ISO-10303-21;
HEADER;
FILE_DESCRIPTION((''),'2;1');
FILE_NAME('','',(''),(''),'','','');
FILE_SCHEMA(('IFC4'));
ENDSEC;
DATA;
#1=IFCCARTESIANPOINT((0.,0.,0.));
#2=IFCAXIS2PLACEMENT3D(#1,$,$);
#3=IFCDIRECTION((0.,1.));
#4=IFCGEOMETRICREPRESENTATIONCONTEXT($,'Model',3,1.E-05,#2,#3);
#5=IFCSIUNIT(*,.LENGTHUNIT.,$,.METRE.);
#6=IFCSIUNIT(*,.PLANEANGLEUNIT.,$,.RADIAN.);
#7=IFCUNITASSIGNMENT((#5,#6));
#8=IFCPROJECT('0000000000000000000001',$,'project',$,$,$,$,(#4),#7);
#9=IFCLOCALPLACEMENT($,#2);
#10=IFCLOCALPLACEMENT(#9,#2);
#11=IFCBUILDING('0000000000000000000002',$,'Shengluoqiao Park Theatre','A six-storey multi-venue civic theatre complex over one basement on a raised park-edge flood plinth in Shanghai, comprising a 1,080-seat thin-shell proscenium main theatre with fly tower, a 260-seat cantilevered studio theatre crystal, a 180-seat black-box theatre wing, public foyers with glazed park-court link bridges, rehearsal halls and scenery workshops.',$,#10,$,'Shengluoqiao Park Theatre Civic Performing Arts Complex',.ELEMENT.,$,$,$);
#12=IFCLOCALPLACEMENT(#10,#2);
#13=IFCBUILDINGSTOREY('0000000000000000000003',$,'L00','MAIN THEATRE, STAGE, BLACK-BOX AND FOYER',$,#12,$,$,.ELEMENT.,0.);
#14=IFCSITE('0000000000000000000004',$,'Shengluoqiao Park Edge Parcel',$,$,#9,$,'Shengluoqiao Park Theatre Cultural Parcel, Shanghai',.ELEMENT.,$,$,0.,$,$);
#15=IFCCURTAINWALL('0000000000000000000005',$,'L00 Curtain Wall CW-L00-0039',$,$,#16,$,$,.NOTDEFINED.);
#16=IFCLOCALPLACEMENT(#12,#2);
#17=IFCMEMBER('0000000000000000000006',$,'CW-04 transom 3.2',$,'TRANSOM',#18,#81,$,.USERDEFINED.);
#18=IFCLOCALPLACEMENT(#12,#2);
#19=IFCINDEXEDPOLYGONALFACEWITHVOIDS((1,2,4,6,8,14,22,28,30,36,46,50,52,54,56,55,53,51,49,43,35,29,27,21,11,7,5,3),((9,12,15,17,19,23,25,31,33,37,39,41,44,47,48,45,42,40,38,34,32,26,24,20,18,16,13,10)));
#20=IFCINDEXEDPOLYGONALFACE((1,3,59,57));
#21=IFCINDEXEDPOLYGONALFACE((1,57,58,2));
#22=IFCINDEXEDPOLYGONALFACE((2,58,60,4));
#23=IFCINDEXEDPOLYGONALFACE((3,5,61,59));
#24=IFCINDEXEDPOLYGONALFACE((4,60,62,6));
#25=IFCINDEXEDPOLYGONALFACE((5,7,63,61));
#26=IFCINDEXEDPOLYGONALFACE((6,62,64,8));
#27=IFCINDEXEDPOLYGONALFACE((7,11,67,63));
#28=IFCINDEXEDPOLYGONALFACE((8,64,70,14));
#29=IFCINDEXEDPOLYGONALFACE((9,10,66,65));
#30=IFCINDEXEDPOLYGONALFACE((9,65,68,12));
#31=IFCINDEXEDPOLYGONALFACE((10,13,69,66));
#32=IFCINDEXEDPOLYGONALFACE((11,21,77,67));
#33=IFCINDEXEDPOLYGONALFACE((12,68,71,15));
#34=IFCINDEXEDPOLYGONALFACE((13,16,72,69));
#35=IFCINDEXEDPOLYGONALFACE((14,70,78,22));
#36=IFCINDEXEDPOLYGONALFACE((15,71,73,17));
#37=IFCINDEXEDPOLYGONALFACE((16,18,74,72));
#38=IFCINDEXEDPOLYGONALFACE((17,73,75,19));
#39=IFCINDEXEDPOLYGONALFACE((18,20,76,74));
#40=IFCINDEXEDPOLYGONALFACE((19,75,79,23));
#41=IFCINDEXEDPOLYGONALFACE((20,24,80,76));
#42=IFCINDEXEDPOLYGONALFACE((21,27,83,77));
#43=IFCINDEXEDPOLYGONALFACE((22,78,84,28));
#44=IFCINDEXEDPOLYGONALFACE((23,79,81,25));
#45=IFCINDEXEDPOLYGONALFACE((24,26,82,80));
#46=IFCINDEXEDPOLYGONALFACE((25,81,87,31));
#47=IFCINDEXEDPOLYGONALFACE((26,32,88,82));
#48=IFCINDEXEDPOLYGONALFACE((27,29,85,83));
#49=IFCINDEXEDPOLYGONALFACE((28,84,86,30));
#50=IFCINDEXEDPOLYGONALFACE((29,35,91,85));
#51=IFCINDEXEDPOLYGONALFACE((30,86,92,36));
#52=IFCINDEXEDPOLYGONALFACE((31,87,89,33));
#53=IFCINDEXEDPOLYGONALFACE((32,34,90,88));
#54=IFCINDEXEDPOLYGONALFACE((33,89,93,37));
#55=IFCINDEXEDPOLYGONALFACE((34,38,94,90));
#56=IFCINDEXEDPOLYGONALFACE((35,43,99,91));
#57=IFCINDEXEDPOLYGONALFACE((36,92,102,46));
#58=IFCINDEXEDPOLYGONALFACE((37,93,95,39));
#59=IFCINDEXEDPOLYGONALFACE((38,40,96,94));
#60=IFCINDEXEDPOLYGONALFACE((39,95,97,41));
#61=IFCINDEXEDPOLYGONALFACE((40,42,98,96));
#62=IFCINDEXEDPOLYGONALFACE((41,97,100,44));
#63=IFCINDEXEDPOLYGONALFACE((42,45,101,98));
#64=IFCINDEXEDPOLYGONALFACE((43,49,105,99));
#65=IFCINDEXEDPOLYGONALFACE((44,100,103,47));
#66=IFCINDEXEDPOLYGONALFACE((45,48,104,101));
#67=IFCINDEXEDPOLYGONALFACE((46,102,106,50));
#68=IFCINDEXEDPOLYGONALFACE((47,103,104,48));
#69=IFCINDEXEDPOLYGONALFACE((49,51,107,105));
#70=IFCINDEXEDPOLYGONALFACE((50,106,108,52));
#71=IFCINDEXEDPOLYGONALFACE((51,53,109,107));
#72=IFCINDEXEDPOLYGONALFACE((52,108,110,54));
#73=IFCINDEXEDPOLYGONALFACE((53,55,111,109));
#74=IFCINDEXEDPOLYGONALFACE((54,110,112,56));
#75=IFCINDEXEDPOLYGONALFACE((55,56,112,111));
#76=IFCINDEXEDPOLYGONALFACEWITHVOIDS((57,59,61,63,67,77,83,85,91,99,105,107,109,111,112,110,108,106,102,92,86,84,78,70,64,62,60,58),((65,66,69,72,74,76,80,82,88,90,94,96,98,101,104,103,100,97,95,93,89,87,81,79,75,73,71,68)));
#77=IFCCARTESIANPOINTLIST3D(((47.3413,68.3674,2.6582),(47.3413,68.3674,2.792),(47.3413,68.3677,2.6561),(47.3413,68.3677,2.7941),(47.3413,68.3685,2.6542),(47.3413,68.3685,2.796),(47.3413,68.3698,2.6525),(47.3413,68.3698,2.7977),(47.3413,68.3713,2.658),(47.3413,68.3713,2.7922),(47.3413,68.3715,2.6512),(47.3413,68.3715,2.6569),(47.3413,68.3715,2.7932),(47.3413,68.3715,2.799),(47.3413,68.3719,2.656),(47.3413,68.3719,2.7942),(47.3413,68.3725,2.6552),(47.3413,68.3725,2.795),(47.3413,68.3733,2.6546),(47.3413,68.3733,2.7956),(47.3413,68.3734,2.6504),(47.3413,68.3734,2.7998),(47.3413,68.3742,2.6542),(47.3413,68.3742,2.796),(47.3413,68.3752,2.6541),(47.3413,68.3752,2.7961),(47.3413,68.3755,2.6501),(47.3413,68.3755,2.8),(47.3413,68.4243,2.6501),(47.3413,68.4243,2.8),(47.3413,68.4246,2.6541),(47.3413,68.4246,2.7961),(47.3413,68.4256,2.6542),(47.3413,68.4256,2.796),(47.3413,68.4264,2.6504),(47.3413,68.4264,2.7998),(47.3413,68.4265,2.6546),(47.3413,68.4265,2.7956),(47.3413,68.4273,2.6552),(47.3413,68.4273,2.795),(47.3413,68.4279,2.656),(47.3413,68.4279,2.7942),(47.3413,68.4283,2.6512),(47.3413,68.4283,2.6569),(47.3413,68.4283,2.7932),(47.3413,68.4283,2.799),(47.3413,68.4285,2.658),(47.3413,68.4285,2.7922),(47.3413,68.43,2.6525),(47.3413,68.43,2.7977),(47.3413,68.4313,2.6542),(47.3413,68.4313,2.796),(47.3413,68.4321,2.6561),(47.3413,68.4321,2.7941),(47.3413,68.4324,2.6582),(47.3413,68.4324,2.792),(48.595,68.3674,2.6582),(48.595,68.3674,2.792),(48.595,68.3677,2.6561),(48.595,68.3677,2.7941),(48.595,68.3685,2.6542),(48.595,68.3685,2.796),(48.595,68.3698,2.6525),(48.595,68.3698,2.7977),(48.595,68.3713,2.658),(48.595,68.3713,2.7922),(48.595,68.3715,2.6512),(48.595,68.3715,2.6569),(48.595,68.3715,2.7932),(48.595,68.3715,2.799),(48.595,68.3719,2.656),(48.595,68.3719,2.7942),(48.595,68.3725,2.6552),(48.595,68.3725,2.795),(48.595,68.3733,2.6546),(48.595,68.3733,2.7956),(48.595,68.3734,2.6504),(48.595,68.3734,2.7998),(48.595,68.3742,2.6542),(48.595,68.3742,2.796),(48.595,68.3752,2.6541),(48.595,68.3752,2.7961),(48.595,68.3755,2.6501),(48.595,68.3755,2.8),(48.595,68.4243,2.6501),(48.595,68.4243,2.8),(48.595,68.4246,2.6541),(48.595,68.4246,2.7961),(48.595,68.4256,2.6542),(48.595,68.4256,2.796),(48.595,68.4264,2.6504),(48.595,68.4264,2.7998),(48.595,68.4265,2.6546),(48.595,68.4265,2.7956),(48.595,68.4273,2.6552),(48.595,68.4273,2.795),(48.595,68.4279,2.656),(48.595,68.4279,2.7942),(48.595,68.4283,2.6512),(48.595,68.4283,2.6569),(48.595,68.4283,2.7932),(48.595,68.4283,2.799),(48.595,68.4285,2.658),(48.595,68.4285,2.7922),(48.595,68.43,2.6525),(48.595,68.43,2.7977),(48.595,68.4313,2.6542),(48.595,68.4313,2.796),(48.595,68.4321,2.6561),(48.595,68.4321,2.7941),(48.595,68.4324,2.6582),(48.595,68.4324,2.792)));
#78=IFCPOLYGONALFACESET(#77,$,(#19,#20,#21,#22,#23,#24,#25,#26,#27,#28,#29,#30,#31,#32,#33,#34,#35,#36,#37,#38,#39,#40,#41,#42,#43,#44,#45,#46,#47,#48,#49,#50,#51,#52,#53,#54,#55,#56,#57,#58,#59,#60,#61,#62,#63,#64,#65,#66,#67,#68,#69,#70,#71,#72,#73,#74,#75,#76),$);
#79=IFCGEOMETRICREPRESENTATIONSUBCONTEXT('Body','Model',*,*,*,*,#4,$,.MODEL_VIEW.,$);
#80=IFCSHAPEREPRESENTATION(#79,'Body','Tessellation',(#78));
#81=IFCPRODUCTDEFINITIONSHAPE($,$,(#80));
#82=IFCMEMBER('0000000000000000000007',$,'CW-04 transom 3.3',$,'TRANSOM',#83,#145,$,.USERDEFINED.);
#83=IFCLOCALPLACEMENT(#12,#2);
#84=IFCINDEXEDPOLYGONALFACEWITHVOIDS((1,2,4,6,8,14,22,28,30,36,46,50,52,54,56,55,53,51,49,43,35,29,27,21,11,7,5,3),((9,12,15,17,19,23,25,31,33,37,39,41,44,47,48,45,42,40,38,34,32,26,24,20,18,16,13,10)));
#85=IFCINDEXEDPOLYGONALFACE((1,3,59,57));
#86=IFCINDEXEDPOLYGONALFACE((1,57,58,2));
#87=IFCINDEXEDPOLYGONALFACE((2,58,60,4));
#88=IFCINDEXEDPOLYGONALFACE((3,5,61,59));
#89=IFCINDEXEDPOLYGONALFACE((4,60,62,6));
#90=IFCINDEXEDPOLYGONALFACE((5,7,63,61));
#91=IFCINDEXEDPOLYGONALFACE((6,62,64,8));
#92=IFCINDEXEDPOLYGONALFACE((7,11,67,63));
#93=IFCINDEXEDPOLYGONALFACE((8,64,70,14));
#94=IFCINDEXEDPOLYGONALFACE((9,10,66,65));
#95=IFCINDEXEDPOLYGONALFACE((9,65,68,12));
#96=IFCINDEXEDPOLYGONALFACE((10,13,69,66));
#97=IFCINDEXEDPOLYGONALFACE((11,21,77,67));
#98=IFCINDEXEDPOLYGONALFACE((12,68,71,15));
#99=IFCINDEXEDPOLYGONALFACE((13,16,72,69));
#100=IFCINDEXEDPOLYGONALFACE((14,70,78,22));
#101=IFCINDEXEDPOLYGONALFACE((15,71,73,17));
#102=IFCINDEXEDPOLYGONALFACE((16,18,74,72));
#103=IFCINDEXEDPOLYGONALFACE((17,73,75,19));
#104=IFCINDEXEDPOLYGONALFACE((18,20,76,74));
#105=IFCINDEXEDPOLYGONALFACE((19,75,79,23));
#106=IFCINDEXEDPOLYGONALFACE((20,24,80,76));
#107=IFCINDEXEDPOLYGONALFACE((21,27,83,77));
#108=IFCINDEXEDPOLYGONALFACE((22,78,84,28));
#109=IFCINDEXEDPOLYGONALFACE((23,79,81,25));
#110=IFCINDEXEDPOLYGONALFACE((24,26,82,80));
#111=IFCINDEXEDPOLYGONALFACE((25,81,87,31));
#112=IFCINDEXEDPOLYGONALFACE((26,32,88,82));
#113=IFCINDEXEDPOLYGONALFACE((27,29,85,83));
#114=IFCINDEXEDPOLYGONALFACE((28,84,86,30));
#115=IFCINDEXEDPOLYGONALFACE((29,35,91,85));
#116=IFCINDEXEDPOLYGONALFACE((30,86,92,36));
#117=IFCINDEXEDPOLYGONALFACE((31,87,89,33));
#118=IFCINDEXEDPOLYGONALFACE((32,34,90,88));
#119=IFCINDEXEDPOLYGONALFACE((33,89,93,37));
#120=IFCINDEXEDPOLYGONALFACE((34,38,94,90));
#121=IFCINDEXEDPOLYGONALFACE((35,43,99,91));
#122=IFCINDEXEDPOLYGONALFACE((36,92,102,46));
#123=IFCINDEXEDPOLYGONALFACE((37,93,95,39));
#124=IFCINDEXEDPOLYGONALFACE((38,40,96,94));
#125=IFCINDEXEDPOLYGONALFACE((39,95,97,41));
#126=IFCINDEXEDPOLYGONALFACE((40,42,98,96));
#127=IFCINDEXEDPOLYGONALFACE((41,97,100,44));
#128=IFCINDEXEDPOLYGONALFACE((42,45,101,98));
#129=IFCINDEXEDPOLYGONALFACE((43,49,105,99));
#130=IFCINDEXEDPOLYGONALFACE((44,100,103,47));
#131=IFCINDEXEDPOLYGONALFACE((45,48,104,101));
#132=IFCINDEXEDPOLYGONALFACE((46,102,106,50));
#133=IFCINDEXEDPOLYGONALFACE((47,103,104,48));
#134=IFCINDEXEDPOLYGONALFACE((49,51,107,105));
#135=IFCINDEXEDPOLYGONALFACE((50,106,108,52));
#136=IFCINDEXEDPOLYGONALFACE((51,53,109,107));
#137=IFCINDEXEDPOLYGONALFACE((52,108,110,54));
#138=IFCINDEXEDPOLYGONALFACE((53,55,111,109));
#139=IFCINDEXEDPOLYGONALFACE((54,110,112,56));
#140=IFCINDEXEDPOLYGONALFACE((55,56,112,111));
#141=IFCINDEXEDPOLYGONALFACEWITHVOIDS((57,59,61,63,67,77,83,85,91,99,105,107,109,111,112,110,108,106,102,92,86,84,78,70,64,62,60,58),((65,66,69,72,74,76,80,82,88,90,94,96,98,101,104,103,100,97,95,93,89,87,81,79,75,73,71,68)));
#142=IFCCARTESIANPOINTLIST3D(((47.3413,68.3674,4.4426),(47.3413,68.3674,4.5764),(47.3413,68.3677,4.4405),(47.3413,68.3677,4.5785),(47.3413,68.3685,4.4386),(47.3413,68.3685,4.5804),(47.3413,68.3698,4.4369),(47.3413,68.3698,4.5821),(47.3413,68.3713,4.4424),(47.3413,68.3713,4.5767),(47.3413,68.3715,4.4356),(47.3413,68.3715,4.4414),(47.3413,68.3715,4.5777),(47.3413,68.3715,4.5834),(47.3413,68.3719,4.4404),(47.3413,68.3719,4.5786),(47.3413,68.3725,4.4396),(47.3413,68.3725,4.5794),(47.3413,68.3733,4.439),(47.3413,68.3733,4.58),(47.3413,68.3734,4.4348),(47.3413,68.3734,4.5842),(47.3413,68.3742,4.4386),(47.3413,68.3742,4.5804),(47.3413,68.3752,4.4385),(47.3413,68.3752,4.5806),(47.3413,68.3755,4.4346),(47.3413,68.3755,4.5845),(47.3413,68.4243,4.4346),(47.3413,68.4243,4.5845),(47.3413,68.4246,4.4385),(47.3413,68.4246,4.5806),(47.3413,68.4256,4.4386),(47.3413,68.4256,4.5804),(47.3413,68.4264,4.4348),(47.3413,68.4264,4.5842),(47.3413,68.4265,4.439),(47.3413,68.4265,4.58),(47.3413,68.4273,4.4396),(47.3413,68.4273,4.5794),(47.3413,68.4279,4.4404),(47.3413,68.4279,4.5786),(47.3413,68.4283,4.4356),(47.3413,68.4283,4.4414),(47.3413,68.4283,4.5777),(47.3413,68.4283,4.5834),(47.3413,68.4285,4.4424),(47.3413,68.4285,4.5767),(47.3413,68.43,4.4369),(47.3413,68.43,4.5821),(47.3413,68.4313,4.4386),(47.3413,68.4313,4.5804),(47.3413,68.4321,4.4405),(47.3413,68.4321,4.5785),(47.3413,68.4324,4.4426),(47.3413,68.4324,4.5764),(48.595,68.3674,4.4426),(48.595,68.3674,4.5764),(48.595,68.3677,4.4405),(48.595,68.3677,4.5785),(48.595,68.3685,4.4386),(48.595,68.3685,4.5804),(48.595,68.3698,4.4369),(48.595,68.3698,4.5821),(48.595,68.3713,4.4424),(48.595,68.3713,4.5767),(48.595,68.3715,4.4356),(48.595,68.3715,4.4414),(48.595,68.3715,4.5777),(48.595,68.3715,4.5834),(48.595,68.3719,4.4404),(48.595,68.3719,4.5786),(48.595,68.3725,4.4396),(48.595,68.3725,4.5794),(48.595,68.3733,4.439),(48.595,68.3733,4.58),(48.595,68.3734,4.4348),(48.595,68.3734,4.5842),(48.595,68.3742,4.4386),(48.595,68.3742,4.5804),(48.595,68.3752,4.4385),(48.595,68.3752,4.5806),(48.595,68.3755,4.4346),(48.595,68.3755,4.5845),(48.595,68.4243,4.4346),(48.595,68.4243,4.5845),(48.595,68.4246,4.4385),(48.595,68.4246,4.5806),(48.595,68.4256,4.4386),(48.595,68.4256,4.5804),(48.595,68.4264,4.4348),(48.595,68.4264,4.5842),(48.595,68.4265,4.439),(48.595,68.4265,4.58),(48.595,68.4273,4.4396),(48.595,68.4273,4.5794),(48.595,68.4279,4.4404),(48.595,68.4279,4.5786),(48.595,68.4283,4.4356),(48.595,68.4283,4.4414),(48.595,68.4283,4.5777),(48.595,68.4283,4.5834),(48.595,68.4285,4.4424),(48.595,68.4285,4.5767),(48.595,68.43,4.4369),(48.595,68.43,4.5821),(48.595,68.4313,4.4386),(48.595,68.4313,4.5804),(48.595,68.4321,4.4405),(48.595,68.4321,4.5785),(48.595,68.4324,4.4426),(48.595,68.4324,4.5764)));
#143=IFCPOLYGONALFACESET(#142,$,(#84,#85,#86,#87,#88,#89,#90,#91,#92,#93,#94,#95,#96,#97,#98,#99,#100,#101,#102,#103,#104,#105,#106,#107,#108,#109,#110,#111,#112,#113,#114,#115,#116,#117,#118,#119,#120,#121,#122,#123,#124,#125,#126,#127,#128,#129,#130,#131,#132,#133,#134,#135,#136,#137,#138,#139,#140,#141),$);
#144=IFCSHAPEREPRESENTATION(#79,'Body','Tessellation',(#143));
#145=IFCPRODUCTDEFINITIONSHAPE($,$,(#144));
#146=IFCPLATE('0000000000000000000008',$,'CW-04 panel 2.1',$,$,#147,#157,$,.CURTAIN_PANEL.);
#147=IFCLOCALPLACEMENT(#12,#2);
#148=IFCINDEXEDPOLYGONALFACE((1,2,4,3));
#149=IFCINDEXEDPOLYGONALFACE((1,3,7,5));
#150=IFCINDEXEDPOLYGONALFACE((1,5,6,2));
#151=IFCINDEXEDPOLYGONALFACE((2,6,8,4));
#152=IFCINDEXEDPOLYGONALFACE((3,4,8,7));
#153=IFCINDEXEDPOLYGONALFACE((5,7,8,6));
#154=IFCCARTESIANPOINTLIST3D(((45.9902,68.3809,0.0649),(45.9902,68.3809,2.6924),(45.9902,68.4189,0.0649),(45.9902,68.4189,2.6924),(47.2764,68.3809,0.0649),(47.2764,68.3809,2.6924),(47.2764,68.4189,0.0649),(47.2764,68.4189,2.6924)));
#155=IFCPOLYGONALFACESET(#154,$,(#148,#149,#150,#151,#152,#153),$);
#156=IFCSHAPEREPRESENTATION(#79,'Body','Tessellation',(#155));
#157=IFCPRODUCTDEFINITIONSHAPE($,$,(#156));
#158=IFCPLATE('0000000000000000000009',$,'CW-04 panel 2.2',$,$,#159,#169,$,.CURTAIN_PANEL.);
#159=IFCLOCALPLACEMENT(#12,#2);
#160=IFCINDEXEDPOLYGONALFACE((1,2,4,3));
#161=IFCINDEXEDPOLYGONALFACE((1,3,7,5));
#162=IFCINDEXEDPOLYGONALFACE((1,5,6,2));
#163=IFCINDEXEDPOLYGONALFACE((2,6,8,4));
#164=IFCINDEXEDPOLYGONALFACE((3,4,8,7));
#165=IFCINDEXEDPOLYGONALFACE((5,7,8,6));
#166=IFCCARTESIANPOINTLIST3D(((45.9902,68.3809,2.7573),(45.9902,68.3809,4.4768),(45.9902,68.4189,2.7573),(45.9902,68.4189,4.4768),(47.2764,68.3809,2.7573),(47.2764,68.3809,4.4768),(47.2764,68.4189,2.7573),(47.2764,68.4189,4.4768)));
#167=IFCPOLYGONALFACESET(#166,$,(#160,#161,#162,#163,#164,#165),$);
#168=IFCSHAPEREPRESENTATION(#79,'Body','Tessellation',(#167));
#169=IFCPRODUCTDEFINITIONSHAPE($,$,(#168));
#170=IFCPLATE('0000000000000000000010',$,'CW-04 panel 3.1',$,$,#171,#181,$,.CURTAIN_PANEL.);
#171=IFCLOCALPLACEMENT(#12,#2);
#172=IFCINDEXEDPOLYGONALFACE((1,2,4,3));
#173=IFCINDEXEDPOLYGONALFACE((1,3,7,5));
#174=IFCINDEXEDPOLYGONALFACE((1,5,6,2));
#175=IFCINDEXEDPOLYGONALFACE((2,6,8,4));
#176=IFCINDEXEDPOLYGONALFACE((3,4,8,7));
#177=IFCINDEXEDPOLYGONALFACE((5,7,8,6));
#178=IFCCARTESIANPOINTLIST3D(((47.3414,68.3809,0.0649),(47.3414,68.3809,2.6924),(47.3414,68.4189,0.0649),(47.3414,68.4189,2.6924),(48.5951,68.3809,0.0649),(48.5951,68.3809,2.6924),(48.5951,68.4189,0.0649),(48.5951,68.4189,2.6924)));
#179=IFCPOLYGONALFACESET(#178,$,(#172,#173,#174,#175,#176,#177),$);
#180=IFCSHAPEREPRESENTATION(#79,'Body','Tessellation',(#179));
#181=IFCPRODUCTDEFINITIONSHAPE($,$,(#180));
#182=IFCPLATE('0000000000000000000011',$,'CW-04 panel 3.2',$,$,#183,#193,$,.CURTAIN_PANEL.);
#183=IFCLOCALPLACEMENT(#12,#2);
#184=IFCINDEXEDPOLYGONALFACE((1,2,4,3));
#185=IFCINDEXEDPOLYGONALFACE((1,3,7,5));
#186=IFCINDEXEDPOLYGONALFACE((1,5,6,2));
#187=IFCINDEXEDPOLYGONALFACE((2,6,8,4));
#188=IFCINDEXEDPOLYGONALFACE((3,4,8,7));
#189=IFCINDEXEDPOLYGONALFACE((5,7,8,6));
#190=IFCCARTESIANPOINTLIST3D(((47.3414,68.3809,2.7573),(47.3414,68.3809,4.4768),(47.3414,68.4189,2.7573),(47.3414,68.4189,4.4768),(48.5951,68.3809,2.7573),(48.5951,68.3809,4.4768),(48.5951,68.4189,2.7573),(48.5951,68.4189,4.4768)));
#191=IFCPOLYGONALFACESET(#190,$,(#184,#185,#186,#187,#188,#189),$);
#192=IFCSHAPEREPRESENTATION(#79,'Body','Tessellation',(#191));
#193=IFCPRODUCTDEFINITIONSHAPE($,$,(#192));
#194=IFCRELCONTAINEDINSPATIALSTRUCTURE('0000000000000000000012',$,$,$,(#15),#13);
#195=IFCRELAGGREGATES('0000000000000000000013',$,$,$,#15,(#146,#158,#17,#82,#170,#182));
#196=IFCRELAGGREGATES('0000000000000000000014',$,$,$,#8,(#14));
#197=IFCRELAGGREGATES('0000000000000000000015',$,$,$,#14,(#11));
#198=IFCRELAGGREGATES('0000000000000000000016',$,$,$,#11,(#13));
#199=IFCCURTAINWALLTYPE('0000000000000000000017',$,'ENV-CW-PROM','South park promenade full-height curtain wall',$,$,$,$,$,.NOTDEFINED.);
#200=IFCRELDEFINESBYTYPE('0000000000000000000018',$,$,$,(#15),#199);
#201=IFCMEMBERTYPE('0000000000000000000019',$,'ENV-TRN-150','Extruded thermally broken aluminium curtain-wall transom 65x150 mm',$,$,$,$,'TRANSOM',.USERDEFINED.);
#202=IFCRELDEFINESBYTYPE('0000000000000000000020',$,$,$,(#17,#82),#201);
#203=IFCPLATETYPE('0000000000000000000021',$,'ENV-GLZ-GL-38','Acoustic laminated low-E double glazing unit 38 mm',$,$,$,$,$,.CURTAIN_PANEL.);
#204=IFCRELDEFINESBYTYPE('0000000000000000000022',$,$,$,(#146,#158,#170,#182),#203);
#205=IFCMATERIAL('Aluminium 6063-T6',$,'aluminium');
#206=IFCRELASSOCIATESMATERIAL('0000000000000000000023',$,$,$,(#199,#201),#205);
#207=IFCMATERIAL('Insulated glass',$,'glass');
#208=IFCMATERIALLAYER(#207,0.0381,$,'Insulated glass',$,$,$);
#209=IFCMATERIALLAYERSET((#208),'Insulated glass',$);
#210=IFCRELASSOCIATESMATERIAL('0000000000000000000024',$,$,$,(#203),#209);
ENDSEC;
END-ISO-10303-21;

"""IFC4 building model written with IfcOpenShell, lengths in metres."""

from ifc_helpers import new_model, si_unit, direction, frame, origin, origin_2d, place, context, subcontext, project, spatial, rectangle, hollow_rectangle, extrude, material, layer, layer_set, material_profile, profile_set, type_object, element, aggregate, save


model = new_model("IFC4")

# Units and contexts
model_context = context("Model", 3, precision=1e-05, world=origin(), true_north=direction((0.0, 1.0)))
body_context = subcontext(model_context, "Body", "Model", "MODEL_VIEW")
ifc_project = project(units=[si_unit("LENGTHUNIT", "METRE"), si_unit("PLANEANGLEUNIT", "RADIAN")], contexts=[model_context])

# Site, building, storey
site_placement = place(None, origin())
site = spatial("IfcSite", under=ifc_project, at=site_placement, Name="Shengluoqiao Park Edge Parcel", LongName="Shengluoqiao Park Theatre Cultural Parcel, Shanghai", CompositionType="ELEMENT", RefElevation=0.0)
building_placement = place(site_placement, origin())
building = spatial("IfcBuilding", under=site, at=building_placement, Name="Shengluoqiao Park Theatre", Description="A six-storey multi-venue civic theatre complex over one basement on a raised park-edge flood plinth in Shanghai, comprising a 1,080-seat thin-shell proscenium main theatre with fly tower, a 260-seat cantilevered studio theatre crystal, a 180-seat black-box theatre wing, public foyers with glazed park-court link bridges, rehearsal halls and scenery workshops.", LongName="Shengluoqiao Park Theatre Civic Performing Arts Complex", CompositionType="ELEMENT")
storey_placement = place(building_placement, origin())
storey = spatial("IfcBuildingStorey", under=building, at=storey_placement, Name="L00", Description="MAIN THEATRE, STAGE, BLACK-BOX AND FOYER", CompositionType="ELEMENT", Elevation=0.0)

# Curtain wall, members, plates
ifc_material_1 = material(Name="Aluminium 6063-T6", Category="aluminium")
curtain_wall_type = type_object("IfcCurtainWallType", Name="ENV-CW-PROM", Description="South park promenade full-height curtain wall", PredefinedType="NOTDEFINED", material=ifc_material_1)
curtain_wall_placement = place(storey_placement, origin())
curtain_wall = element("IfcCurtainWall", 1, at=curtain_wall_placement, inside=storey, type_object=curtain_wall_type, Name="L00 Curtain Wall CW-L00-0039", PredefinedType="NOTDEFINED")
ifc_material_profile_1 = material_profile(ifc_material_1, hollow_rectangle(XDim=0.0649, YDim=0.1499, WallThickness=0.0039, InnerFilletRadius=0.0039, OuterFilletRadius=0.0081, at=origin_2d()), Name="ALU TRANSOM 150x65x4")
ifc_profile_set_1 = profile_set([ifc_material_profile_1], Name="Aluminium 6063-T6")
member_type_1 = type_object("IfcMemberType", Name="ENV-TRN-150", Description="Extruded thermally broken aluminium curtain-wall transom 65x150 mm", ElementType="TRANSOM", PredefinedType="USERDEFINED", material=ifc_profile_set_1)
member_1_placement = place(storey_placement, frame((47.3413, 68.3999, 2.7251), z_axis=(1.0, 0.0, 0.0), x_axis=(0.0, 1.0, 0.0)))
member_1 = element("IfcMember", 2, at=member_1_placement, type_object=member_type_1, Name="CW-04 transom 3.2", ObjectType="TRANSOM", PredefinedType="USERDEFINED", context=body_context, shape_type="SweptSolid", body=[
    extrude(hollow_rectangle(XDim=0.0649, YDim=0.1499, WallThickness=0.0039, InnerFilletRadius=0.0039, OuterFilletRadius=0.0081, at=origin_2d()), origin(), (0.0, 0.0, 1.0), 1.2537),
])
member_2_placement = place(storey_placement, frame((47.3413, 68.3999, 4.5095), z_axis=(1.0, 0.0, 0.0), x_axis=(0.0, 1.0, 0.0)))
member_2 = element("IfcMember", 3, at=member_2_placement, type_object=member_type_1, Name="CW-04 transom 3.3", ObjectType="TRANSOM", PredefinedType="USERDEFINED", context=body_context, shape_type="SweptSolid", body=[
    extrude(hollow_rectangle(XDim=0.0649, YDim=0.1499, WallThickness=0.0039, InnerFilletRadius=0.0039, OuterFilletRadius=0.0081, at=origin_2d()), origin(), (0.0, 0.0, 1.0), 1.2537),
])
ifc_material_2 = material(Name="Insulated glass", Category="glass")
ifc_layer_1 = layer(ifc_material_2, 0.0381, Name="Insulated glass")
ifc_layer_set_1 = layer_set([ifc_layer_1], Name="Insulated glass")
plate_type = type_object("IfcPlateType", Name="ENV-GLZ-GL-38", Description="Acoustic laminated low-E double glazing unit 38 mm", PredefinedType="CURTAIN_PANEL", material=ifc_layer_set_1)
plate_1_placement = place(storey_placement, frame((46.6333, 68.3999, 0.0649), z_axis=(0.0, 0.0, 1.0), x_axis=(1.0, 0.0, 0.0)))
plate_1 = element("IfcPlate", 4, at=plate_1_placement, type_object=plate_type, Name="CW-04 panel 2.1", PredefinedType="CURTAIN_PANEL", context=body_context, shape_type="SweptSolid", body=[
    extrude(rectangle(XDim=1.2861, YDim=0.0381, at=origin_2d()), origin(), (0.0, 0.0, 1.0), 2.6274),
])
plate_2_placement = place(storey_placement, frame((46.6333, 68.3999, 2.7573), z_axis=(0.0, 0.0, 1.0), x_axis=(1.0, 0.0, 0.0)))
plate_2 = element("IfcPlate", 5, at=plate_2_placement, type_object=plate_type, Name="CW-04 panel 2.2", PredefinedType="CURTAIN_PANEL", context=body_context, shape_type="SweptSolid", body=[
    extrude(rectangle(XDim=1.2861, YDim=0.0381, at=origin_2d()), origin(), (0.0, 0.0, 1.0), 1.7195),
])
plate_3_placement = place(storey_placement, frame((47.9683, 68.3999, 0.0649), z_axis=(0.0, 0.0, 1.0), x_axis=(1.0, 0.0, 0.0)))
plate_3 = element("IfcPlate", 6, at=plate_3_placement, type_object=plate_type, Name="CW-04 panel 3.1", PredefinedType="CURTAIN_PANEL", context=body_context, shape_type="SweptSolid", body=[
    extrude(rectangle(XDim=1.2537, YDim=0.0381, at=origin_2d()), origin(), (0.0, 0.0, 1.0), 2.6274),
])
plate_4_placement = place(storey_placement, frame((47.9683, 68.3999, 2.7573), z_axis=(0.0, 0.0, 1.0), x_axis=(1.0, 0.0, 0.0)))
plate_4 = element("IfcPlate", 7, at=plate_4_placement, type_object=plate_type, Name="CW-04 panel 3.2", PredefinedType="CURTAIN_PANEL", context=body_context, shape_type="SweptSolid", body=[
    extrude(rectangle(XDim=1.2537, YDim=0.0381, at=origin_2d()), origin(), (0.0, 0.0, 1.0), 1.7195),
])
aggregate(curtain_wall, [plate_1, plate_2, member_1, member_2, plate_3, plate_4])

save(model, "model.ifc")
